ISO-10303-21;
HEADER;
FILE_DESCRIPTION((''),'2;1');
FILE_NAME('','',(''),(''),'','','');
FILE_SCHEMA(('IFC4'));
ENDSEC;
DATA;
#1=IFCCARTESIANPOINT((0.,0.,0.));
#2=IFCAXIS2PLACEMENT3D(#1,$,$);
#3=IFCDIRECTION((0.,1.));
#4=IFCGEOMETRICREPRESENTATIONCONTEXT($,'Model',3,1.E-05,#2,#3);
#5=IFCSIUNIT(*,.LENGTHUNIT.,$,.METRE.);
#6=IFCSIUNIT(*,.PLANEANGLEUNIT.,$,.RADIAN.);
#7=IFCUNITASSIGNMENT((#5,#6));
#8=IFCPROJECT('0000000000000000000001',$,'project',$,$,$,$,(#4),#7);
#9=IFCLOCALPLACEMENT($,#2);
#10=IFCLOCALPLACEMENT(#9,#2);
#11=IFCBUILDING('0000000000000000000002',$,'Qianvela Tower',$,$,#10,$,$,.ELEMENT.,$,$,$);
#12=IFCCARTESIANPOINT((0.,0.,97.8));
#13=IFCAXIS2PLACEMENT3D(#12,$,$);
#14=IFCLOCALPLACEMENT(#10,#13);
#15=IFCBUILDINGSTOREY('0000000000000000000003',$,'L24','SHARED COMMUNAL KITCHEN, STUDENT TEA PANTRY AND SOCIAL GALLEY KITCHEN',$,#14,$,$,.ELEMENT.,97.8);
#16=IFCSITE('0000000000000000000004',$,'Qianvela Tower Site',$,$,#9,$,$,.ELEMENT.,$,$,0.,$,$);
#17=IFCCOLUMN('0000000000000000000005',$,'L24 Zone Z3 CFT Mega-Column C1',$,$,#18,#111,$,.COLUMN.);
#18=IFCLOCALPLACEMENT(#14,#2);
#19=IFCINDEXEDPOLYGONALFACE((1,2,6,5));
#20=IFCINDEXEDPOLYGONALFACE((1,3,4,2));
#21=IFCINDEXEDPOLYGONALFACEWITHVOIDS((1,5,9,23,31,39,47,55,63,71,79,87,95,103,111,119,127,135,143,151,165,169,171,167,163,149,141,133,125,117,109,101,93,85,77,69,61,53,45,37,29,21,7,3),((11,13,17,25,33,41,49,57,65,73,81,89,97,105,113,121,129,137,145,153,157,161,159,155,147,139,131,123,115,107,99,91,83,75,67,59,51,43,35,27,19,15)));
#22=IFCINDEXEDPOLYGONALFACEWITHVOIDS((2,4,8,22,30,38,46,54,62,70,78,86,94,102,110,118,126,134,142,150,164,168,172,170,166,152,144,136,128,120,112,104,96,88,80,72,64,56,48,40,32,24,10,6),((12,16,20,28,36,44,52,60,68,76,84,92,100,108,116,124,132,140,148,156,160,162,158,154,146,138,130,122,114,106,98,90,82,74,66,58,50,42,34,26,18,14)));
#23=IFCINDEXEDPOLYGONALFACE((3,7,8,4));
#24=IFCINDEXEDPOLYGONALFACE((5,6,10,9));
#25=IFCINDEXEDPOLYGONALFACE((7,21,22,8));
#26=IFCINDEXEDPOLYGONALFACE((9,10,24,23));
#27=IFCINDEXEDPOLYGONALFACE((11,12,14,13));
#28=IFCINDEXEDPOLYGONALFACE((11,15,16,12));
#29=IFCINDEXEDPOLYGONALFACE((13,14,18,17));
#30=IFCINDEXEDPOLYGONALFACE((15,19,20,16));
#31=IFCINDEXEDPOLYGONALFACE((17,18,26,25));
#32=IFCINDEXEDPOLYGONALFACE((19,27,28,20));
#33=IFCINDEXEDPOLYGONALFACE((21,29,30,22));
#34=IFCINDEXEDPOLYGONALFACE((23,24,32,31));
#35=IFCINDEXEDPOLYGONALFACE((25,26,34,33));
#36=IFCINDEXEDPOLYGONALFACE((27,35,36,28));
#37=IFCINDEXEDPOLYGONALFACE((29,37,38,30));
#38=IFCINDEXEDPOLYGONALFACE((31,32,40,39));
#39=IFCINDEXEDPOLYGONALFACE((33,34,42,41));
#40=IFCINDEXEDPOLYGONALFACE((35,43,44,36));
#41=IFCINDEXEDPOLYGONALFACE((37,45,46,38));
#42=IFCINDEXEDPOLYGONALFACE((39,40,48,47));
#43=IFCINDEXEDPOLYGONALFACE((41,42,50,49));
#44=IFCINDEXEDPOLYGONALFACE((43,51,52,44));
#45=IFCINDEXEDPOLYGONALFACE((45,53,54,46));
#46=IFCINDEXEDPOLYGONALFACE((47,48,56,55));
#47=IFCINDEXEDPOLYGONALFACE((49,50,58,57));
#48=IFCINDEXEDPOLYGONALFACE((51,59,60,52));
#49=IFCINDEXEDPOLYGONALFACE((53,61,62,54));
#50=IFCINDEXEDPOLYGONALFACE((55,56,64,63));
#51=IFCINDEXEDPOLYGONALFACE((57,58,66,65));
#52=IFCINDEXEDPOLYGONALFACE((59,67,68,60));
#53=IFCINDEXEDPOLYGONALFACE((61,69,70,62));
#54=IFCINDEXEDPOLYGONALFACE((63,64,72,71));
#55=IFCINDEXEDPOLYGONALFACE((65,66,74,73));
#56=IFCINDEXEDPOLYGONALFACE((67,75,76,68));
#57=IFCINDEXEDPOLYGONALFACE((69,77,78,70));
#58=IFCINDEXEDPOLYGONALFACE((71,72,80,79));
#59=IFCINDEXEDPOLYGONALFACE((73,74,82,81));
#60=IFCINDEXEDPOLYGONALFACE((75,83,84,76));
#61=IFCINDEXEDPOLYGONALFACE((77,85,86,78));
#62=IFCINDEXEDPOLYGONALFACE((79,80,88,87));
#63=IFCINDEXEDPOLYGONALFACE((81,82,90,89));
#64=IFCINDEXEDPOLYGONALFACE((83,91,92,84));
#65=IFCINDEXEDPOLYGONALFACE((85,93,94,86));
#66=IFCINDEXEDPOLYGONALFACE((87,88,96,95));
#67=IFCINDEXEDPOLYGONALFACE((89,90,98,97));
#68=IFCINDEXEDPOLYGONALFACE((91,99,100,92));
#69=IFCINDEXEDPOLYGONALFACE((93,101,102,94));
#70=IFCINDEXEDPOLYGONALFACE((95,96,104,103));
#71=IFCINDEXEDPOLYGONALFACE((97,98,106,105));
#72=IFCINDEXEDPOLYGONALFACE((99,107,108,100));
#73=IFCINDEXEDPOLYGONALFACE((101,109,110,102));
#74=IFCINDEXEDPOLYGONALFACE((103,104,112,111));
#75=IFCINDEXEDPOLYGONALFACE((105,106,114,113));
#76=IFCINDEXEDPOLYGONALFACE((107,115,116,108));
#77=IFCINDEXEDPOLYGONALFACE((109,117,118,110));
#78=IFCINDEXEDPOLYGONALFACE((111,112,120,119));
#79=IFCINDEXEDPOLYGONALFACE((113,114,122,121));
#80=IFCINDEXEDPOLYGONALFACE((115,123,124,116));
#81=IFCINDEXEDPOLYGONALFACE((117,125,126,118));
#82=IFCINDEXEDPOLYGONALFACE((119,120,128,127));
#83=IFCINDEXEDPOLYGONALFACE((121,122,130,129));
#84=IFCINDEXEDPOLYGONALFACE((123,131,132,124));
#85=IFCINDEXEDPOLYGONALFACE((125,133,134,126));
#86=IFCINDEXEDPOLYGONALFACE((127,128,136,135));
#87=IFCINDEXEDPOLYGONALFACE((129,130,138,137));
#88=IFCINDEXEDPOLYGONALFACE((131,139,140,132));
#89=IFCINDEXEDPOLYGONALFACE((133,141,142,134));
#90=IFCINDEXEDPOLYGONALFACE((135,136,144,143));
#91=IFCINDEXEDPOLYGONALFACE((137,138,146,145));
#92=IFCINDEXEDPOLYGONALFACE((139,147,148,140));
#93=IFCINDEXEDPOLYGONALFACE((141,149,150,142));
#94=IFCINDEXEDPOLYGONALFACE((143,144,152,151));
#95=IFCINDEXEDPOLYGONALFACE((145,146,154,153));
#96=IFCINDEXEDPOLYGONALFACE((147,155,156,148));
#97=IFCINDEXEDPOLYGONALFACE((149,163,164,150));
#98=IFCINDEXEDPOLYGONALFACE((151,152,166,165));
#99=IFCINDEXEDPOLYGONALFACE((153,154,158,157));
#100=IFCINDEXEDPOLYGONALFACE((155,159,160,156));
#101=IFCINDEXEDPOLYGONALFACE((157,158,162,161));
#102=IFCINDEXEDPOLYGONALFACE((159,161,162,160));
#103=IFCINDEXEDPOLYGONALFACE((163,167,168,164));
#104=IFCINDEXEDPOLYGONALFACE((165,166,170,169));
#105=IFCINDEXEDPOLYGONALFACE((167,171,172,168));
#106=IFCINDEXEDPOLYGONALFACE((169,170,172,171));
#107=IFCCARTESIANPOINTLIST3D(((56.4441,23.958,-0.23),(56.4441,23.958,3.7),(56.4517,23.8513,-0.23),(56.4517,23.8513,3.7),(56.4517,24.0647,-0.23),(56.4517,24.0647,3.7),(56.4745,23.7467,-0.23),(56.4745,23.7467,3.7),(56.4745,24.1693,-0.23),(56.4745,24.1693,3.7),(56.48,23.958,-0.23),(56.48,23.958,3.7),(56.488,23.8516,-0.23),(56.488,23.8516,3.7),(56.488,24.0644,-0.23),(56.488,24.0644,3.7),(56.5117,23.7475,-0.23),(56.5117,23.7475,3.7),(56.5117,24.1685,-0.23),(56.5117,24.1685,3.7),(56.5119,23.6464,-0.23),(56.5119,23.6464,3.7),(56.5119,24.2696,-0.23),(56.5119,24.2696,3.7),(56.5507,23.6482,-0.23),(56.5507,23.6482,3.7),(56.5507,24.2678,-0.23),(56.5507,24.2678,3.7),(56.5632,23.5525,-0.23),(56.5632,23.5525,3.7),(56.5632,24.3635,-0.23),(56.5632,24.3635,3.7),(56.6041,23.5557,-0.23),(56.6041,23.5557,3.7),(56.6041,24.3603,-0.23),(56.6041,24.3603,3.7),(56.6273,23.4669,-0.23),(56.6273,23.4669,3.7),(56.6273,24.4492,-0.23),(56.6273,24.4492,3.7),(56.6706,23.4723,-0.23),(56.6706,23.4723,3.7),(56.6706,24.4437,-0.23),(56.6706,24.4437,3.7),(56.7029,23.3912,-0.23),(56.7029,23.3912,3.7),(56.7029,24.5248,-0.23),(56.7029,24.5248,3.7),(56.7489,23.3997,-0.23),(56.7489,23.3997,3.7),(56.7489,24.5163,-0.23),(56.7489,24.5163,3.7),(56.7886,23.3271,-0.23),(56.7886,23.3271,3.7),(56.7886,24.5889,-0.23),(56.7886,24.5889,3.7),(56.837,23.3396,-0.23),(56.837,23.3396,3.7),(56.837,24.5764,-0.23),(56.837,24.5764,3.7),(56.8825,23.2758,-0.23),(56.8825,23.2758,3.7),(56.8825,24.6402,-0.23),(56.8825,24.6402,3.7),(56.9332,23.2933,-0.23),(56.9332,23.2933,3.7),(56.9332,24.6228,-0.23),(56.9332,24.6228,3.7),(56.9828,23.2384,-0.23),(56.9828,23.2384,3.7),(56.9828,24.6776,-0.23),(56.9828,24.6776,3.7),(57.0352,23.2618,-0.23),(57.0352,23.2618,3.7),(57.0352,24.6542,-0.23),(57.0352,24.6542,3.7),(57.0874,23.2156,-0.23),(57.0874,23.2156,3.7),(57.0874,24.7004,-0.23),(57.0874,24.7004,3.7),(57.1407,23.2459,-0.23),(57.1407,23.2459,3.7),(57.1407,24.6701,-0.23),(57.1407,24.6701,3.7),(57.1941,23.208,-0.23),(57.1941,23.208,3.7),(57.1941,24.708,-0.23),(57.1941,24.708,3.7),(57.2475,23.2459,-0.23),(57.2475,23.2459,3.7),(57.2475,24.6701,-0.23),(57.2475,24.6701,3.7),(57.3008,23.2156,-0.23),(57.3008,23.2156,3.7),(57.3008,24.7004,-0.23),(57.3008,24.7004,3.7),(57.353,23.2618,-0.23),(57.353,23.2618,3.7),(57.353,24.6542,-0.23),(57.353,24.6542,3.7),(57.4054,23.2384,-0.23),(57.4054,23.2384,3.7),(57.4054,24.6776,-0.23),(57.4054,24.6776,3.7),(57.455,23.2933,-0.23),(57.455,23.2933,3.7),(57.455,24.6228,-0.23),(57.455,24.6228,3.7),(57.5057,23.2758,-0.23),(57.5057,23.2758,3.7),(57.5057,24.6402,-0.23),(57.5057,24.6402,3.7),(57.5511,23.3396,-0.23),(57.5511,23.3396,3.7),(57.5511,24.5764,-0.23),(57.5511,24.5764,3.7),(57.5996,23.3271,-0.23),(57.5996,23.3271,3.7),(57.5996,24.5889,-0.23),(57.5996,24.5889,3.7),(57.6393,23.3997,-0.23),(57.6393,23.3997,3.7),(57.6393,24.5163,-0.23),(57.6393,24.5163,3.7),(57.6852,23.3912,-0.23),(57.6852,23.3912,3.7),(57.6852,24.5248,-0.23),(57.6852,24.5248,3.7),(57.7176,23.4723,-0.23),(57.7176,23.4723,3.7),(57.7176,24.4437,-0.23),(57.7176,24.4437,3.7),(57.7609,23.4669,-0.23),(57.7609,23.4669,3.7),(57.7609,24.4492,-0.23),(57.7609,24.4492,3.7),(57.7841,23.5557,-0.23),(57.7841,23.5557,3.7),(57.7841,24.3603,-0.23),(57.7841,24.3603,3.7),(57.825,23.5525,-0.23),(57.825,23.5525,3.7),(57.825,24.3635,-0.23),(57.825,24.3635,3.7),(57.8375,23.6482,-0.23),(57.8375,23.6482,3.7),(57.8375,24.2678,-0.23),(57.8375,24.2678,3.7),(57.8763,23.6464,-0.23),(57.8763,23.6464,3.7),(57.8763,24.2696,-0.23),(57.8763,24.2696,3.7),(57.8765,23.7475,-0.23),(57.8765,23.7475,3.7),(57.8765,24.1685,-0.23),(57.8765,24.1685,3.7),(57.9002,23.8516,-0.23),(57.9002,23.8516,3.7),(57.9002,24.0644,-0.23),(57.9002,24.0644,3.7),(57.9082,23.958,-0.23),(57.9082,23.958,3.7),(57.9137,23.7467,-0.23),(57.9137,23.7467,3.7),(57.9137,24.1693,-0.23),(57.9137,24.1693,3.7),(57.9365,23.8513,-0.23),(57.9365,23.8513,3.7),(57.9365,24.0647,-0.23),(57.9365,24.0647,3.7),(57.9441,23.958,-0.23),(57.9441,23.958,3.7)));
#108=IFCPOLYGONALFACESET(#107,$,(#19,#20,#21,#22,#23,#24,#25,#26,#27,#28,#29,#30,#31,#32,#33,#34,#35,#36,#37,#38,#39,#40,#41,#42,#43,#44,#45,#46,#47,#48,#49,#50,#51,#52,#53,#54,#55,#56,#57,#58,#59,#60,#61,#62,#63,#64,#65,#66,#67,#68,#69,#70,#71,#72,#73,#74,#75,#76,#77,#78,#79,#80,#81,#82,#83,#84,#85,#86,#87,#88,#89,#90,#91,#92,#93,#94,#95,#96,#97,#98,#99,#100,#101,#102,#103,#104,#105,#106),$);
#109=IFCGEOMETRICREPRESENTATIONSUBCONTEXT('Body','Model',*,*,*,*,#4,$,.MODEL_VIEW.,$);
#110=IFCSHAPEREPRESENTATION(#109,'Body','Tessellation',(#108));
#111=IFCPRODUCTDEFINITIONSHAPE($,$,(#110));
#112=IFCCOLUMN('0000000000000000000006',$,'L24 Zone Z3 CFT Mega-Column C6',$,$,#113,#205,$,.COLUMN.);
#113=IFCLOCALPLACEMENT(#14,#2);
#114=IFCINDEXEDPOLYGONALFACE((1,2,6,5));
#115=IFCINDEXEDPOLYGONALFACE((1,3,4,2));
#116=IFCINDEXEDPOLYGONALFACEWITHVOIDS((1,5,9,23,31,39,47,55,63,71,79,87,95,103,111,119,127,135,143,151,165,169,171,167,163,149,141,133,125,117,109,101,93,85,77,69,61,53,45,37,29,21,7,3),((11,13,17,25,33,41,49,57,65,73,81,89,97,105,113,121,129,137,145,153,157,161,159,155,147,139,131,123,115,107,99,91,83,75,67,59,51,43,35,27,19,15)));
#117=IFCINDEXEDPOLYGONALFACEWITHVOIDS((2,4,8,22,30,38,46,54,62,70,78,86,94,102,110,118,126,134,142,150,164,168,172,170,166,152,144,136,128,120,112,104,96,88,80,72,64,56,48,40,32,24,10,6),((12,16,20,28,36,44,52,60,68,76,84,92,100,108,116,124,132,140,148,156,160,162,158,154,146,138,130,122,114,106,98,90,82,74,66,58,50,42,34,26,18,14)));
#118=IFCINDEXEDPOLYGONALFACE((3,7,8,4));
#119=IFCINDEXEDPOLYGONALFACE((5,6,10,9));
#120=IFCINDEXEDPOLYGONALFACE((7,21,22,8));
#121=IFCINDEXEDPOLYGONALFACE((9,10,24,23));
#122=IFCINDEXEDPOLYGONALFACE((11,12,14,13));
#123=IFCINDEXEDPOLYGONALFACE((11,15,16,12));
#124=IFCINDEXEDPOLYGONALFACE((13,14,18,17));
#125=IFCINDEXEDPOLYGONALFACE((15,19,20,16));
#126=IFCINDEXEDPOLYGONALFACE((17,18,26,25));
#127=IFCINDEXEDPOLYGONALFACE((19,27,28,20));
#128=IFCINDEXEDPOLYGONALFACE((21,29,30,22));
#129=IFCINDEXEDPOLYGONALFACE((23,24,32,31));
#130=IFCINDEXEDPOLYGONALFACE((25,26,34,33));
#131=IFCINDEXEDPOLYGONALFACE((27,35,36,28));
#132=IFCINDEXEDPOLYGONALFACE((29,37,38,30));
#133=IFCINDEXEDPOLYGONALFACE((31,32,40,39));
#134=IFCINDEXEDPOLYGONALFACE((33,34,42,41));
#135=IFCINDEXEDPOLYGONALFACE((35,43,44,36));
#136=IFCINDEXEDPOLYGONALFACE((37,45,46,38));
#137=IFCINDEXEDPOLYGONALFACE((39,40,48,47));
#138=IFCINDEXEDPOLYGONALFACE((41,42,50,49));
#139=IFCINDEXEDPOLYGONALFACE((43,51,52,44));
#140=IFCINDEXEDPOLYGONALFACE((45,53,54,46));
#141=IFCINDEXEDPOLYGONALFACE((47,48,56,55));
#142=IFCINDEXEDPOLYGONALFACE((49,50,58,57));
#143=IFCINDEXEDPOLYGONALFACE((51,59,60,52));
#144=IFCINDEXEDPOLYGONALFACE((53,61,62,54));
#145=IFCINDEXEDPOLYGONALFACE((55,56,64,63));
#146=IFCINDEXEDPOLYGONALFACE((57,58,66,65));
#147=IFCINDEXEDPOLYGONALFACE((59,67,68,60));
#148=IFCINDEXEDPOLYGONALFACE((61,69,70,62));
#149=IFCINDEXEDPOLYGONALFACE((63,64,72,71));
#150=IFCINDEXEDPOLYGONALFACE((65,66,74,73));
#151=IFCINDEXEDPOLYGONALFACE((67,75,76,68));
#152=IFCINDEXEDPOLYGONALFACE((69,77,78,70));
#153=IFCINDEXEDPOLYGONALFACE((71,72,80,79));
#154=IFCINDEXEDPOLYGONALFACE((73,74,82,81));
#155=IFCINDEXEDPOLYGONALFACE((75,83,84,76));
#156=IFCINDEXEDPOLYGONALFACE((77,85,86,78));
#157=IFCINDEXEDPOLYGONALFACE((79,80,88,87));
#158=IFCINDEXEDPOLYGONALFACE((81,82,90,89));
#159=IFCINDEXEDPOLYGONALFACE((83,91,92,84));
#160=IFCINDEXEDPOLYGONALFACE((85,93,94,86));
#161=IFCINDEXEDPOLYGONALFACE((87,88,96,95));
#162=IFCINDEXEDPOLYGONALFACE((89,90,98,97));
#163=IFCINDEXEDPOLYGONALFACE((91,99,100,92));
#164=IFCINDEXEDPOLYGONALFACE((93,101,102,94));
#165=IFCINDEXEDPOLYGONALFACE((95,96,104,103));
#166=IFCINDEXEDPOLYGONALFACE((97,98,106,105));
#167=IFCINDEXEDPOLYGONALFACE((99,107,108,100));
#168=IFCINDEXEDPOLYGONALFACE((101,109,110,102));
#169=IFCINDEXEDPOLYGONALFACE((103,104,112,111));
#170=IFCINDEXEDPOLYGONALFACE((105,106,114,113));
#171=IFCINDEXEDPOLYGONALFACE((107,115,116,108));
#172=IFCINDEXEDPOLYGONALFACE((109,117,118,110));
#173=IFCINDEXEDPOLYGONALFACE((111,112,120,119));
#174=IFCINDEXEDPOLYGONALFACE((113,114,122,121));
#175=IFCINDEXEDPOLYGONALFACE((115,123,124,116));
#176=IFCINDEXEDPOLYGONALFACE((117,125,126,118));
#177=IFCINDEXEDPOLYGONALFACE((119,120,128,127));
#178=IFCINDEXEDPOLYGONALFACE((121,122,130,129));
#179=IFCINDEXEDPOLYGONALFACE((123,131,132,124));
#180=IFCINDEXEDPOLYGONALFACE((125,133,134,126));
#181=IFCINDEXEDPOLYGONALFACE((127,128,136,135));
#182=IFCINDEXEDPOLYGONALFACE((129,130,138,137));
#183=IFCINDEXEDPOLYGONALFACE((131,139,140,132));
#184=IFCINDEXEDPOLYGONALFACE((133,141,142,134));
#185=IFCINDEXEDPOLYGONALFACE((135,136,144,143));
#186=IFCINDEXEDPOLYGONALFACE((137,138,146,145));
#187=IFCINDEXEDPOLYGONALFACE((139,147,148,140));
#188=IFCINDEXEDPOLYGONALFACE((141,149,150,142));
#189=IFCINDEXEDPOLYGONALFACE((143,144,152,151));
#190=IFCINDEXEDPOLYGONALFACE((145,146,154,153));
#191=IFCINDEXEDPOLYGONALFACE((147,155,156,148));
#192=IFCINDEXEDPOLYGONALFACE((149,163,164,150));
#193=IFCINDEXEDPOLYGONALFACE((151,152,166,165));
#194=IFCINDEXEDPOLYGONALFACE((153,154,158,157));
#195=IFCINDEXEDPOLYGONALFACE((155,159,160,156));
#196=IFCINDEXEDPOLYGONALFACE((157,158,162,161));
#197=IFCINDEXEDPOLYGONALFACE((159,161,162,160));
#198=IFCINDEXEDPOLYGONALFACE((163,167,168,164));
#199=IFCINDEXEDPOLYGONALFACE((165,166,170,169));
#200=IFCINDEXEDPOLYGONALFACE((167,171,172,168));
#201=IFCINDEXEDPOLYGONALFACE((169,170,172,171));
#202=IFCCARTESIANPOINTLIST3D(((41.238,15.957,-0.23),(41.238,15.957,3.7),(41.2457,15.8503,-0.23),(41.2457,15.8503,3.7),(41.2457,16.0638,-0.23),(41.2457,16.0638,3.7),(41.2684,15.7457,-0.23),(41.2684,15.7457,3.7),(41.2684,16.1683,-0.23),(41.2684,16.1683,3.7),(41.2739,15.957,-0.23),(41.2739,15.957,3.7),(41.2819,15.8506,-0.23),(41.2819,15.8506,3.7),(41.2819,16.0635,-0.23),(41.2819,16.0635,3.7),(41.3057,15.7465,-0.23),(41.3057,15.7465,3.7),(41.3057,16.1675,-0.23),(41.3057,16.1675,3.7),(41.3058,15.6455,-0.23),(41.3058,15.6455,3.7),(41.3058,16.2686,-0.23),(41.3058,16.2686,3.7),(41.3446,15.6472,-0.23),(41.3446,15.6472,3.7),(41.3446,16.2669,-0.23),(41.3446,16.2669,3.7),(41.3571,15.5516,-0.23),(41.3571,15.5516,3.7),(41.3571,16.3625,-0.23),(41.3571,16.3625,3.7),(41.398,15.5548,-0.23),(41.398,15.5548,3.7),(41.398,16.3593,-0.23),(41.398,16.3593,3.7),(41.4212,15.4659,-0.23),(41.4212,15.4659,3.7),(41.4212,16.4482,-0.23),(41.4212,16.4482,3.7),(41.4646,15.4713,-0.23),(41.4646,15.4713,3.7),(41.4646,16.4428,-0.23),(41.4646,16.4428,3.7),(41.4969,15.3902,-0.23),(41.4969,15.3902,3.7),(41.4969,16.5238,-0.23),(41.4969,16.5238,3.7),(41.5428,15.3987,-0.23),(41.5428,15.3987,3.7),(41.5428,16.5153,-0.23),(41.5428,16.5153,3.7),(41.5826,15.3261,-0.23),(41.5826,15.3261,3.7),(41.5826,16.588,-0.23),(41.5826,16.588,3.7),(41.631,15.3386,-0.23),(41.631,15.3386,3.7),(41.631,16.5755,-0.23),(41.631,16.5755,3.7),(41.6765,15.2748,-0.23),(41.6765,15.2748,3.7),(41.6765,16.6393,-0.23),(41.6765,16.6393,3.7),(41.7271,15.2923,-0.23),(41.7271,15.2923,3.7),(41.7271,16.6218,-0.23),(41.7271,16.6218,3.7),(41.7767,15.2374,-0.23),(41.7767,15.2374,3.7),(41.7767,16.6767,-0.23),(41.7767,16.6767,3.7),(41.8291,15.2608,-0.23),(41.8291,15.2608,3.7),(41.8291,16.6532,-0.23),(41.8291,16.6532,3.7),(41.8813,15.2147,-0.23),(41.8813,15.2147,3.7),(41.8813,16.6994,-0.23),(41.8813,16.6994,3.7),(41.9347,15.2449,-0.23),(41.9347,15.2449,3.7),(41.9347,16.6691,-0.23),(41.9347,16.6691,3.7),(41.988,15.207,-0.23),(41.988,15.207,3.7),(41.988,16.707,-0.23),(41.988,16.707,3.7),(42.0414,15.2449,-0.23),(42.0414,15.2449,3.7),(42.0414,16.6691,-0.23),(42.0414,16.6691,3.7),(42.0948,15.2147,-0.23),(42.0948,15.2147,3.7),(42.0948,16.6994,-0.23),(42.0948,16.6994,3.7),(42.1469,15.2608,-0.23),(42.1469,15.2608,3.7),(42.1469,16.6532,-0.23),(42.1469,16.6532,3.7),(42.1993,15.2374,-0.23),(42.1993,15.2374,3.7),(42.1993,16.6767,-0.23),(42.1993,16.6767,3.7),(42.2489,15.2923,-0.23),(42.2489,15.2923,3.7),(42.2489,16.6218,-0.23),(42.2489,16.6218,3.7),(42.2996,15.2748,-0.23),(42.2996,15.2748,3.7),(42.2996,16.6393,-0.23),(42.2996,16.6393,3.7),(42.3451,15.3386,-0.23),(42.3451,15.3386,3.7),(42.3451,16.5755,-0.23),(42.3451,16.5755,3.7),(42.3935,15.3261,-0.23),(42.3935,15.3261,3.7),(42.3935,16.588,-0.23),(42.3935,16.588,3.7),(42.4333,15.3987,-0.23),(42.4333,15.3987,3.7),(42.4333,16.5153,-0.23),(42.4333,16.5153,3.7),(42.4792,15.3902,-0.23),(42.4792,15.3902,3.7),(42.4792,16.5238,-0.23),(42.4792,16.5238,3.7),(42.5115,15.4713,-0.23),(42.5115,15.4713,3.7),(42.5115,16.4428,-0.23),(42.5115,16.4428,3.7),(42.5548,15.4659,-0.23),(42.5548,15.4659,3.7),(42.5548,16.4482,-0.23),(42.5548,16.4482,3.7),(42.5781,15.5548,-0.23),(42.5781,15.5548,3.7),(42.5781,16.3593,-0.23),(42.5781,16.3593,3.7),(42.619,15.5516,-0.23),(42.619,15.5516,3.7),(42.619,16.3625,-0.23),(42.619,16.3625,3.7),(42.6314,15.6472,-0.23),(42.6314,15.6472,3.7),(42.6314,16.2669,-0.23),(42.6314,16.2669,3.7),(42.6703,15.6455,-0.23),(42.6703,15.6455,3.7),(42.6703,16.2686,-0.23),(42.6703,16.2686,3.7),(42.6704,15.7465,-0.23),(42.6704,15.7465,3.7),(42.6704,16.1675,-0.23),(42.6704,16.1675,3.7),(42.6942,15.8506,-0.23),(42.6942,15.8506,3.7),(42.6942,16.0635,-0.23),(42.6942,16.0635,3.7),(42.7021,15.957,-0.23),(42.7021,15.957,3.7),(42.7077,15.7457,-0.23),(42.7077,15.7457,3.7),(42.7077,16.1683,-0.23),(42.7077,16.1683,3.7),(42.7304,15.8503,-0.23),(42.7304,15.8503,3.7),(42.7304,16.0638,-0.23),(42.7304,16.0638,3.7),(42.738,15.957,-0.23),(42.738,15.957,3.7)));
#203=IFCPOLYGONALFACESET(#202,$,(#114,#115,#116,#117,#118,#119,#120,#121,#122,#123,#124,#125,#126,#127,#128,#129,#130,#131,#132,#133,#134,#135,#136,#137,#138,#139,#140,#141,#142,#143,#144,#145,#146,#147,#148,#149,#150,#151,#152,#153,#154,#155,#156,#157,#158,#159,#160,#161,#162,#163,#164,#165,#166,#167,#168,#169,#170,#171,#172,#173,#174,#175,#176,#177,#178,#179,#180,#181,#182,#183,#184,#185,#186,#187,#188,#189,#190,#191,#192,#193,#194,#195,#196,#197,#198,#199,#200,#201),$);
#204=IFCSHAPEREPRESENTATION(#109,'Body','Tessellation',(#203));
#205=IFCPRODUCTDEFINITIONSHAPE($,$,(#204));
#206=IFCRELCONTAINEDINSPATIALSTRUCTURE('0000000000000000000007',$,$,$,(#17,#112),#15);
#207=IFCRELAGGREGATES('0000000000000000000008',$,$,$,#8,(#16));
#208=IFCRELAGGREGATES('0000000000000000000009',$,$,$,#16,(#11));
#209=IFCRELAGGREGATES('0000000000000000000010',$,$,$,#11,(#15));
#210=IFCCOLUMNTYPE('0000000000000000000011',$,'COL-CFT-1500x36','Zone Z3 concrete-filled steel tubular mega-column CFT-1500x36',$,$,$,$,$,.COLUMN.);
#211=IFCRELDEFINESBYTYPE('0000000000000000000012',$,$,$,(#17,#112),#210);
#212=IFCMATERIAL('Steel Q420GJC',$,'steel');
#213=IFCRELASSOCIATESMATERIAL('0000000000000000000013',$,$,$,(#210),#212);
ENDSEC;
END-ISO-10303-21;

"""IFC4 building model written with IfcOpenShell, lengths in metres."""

from ifc_helpers import new_model, si_unit, direction, frame, origin, origin_2d, place, context, subcontext, project, spatial, hollow_circle, extrude, material, material_profile, profile_set, type_object, element, save


model = new_model("IFC4")

# Units and contexts
model_context = context("Model", 3, precision=1e-05, world=origin(), true_north=direction((0.0, 1.0)))
body_context = subcontext(model_context, "Body", "Model", "MODEL_VIEW")
ifc_project = project(units=[si_unit("LENGTHUNIT", "METRE"), si_unit("PLANEANGLEUNIT", "RADIAN")], contexts=[model_context])

# Site, building, storey
site_placement = place(None, origin())
site = spatial("IfcSite", under=ifc_project, at=site_placement, Name="Qianvela Tower Site", CompositionType="ELEMENT", RefElevation=0.0)
building_placement = place(site_placement, origin())
building = spatial("IfcBuilding", under=site, at=building_placement, Name="Qianvela Tower", CompositionType="ELEMENT")
storey_placement = place(building_placement, frame((0.0, 0.0, 97.8)))
storey = spatial("IfcBuildingStorey", under=building, at=storey_placement, Name="L24", Description="SHARED COMMUNAL KITCHEN, STUDENT TEA PANTRY AND SOCIAL GALLEY KITCHEN", CompositionType="ELEMENT", Elevation=97.8)

# Columns
ifc_material_1 = material(Name="Steel Q420GJC", Category="steel")
ifc_material_profile_1 = material_profile(ifc_material_1, hollow_circle(Radius=0.75, WallThickness=0.0359, at=origin_2d()), Name="CFT-1500x36")
ifc_profile_set_1 = profile_set([ifc_material_profile_1], Name="Steel Q420GJC")
column_type = type_object("IfcColumnType", Name="COL-CFT-1500x36", Description="Zone Z3 concrete-filled steel tubular mega-column CFT-1500x36", PredefinedType="COLUMN", material=ifc_profile_set_1)
for number, where, z_axis, x_axis, name in (
    (1, (57.1941, 23.958, -0.23), (0.0, 0.0, 1.0), (1.0, 0.0, 0.0), "L24 Zone Z3 CFT Mega-Column C1"),
    (2, (41.988, 15.957, -0.23), (0.0, 0.0, 1.0), (1.0, 0.0, 0.0), "L24 Zone Z3 CFT Mega-Column C6"),
):
    element("IfcColumn", number, at=place(storey_placement, frame(where, z_axis=z_axis, x_axis=x_axis)), inside=storey, type_object=column_type, Name=name, PredefinedType="COLUMN", context=body_context, shape_type="SweptSolid", body=[
        extrude(hollow_circle(Radius=0.75, WallThickness=0.0359, at=origin_2d()), origin(), (0.0, 0.0, 1.0), 3.9299),
    ])

save(model, "model.ifc")
